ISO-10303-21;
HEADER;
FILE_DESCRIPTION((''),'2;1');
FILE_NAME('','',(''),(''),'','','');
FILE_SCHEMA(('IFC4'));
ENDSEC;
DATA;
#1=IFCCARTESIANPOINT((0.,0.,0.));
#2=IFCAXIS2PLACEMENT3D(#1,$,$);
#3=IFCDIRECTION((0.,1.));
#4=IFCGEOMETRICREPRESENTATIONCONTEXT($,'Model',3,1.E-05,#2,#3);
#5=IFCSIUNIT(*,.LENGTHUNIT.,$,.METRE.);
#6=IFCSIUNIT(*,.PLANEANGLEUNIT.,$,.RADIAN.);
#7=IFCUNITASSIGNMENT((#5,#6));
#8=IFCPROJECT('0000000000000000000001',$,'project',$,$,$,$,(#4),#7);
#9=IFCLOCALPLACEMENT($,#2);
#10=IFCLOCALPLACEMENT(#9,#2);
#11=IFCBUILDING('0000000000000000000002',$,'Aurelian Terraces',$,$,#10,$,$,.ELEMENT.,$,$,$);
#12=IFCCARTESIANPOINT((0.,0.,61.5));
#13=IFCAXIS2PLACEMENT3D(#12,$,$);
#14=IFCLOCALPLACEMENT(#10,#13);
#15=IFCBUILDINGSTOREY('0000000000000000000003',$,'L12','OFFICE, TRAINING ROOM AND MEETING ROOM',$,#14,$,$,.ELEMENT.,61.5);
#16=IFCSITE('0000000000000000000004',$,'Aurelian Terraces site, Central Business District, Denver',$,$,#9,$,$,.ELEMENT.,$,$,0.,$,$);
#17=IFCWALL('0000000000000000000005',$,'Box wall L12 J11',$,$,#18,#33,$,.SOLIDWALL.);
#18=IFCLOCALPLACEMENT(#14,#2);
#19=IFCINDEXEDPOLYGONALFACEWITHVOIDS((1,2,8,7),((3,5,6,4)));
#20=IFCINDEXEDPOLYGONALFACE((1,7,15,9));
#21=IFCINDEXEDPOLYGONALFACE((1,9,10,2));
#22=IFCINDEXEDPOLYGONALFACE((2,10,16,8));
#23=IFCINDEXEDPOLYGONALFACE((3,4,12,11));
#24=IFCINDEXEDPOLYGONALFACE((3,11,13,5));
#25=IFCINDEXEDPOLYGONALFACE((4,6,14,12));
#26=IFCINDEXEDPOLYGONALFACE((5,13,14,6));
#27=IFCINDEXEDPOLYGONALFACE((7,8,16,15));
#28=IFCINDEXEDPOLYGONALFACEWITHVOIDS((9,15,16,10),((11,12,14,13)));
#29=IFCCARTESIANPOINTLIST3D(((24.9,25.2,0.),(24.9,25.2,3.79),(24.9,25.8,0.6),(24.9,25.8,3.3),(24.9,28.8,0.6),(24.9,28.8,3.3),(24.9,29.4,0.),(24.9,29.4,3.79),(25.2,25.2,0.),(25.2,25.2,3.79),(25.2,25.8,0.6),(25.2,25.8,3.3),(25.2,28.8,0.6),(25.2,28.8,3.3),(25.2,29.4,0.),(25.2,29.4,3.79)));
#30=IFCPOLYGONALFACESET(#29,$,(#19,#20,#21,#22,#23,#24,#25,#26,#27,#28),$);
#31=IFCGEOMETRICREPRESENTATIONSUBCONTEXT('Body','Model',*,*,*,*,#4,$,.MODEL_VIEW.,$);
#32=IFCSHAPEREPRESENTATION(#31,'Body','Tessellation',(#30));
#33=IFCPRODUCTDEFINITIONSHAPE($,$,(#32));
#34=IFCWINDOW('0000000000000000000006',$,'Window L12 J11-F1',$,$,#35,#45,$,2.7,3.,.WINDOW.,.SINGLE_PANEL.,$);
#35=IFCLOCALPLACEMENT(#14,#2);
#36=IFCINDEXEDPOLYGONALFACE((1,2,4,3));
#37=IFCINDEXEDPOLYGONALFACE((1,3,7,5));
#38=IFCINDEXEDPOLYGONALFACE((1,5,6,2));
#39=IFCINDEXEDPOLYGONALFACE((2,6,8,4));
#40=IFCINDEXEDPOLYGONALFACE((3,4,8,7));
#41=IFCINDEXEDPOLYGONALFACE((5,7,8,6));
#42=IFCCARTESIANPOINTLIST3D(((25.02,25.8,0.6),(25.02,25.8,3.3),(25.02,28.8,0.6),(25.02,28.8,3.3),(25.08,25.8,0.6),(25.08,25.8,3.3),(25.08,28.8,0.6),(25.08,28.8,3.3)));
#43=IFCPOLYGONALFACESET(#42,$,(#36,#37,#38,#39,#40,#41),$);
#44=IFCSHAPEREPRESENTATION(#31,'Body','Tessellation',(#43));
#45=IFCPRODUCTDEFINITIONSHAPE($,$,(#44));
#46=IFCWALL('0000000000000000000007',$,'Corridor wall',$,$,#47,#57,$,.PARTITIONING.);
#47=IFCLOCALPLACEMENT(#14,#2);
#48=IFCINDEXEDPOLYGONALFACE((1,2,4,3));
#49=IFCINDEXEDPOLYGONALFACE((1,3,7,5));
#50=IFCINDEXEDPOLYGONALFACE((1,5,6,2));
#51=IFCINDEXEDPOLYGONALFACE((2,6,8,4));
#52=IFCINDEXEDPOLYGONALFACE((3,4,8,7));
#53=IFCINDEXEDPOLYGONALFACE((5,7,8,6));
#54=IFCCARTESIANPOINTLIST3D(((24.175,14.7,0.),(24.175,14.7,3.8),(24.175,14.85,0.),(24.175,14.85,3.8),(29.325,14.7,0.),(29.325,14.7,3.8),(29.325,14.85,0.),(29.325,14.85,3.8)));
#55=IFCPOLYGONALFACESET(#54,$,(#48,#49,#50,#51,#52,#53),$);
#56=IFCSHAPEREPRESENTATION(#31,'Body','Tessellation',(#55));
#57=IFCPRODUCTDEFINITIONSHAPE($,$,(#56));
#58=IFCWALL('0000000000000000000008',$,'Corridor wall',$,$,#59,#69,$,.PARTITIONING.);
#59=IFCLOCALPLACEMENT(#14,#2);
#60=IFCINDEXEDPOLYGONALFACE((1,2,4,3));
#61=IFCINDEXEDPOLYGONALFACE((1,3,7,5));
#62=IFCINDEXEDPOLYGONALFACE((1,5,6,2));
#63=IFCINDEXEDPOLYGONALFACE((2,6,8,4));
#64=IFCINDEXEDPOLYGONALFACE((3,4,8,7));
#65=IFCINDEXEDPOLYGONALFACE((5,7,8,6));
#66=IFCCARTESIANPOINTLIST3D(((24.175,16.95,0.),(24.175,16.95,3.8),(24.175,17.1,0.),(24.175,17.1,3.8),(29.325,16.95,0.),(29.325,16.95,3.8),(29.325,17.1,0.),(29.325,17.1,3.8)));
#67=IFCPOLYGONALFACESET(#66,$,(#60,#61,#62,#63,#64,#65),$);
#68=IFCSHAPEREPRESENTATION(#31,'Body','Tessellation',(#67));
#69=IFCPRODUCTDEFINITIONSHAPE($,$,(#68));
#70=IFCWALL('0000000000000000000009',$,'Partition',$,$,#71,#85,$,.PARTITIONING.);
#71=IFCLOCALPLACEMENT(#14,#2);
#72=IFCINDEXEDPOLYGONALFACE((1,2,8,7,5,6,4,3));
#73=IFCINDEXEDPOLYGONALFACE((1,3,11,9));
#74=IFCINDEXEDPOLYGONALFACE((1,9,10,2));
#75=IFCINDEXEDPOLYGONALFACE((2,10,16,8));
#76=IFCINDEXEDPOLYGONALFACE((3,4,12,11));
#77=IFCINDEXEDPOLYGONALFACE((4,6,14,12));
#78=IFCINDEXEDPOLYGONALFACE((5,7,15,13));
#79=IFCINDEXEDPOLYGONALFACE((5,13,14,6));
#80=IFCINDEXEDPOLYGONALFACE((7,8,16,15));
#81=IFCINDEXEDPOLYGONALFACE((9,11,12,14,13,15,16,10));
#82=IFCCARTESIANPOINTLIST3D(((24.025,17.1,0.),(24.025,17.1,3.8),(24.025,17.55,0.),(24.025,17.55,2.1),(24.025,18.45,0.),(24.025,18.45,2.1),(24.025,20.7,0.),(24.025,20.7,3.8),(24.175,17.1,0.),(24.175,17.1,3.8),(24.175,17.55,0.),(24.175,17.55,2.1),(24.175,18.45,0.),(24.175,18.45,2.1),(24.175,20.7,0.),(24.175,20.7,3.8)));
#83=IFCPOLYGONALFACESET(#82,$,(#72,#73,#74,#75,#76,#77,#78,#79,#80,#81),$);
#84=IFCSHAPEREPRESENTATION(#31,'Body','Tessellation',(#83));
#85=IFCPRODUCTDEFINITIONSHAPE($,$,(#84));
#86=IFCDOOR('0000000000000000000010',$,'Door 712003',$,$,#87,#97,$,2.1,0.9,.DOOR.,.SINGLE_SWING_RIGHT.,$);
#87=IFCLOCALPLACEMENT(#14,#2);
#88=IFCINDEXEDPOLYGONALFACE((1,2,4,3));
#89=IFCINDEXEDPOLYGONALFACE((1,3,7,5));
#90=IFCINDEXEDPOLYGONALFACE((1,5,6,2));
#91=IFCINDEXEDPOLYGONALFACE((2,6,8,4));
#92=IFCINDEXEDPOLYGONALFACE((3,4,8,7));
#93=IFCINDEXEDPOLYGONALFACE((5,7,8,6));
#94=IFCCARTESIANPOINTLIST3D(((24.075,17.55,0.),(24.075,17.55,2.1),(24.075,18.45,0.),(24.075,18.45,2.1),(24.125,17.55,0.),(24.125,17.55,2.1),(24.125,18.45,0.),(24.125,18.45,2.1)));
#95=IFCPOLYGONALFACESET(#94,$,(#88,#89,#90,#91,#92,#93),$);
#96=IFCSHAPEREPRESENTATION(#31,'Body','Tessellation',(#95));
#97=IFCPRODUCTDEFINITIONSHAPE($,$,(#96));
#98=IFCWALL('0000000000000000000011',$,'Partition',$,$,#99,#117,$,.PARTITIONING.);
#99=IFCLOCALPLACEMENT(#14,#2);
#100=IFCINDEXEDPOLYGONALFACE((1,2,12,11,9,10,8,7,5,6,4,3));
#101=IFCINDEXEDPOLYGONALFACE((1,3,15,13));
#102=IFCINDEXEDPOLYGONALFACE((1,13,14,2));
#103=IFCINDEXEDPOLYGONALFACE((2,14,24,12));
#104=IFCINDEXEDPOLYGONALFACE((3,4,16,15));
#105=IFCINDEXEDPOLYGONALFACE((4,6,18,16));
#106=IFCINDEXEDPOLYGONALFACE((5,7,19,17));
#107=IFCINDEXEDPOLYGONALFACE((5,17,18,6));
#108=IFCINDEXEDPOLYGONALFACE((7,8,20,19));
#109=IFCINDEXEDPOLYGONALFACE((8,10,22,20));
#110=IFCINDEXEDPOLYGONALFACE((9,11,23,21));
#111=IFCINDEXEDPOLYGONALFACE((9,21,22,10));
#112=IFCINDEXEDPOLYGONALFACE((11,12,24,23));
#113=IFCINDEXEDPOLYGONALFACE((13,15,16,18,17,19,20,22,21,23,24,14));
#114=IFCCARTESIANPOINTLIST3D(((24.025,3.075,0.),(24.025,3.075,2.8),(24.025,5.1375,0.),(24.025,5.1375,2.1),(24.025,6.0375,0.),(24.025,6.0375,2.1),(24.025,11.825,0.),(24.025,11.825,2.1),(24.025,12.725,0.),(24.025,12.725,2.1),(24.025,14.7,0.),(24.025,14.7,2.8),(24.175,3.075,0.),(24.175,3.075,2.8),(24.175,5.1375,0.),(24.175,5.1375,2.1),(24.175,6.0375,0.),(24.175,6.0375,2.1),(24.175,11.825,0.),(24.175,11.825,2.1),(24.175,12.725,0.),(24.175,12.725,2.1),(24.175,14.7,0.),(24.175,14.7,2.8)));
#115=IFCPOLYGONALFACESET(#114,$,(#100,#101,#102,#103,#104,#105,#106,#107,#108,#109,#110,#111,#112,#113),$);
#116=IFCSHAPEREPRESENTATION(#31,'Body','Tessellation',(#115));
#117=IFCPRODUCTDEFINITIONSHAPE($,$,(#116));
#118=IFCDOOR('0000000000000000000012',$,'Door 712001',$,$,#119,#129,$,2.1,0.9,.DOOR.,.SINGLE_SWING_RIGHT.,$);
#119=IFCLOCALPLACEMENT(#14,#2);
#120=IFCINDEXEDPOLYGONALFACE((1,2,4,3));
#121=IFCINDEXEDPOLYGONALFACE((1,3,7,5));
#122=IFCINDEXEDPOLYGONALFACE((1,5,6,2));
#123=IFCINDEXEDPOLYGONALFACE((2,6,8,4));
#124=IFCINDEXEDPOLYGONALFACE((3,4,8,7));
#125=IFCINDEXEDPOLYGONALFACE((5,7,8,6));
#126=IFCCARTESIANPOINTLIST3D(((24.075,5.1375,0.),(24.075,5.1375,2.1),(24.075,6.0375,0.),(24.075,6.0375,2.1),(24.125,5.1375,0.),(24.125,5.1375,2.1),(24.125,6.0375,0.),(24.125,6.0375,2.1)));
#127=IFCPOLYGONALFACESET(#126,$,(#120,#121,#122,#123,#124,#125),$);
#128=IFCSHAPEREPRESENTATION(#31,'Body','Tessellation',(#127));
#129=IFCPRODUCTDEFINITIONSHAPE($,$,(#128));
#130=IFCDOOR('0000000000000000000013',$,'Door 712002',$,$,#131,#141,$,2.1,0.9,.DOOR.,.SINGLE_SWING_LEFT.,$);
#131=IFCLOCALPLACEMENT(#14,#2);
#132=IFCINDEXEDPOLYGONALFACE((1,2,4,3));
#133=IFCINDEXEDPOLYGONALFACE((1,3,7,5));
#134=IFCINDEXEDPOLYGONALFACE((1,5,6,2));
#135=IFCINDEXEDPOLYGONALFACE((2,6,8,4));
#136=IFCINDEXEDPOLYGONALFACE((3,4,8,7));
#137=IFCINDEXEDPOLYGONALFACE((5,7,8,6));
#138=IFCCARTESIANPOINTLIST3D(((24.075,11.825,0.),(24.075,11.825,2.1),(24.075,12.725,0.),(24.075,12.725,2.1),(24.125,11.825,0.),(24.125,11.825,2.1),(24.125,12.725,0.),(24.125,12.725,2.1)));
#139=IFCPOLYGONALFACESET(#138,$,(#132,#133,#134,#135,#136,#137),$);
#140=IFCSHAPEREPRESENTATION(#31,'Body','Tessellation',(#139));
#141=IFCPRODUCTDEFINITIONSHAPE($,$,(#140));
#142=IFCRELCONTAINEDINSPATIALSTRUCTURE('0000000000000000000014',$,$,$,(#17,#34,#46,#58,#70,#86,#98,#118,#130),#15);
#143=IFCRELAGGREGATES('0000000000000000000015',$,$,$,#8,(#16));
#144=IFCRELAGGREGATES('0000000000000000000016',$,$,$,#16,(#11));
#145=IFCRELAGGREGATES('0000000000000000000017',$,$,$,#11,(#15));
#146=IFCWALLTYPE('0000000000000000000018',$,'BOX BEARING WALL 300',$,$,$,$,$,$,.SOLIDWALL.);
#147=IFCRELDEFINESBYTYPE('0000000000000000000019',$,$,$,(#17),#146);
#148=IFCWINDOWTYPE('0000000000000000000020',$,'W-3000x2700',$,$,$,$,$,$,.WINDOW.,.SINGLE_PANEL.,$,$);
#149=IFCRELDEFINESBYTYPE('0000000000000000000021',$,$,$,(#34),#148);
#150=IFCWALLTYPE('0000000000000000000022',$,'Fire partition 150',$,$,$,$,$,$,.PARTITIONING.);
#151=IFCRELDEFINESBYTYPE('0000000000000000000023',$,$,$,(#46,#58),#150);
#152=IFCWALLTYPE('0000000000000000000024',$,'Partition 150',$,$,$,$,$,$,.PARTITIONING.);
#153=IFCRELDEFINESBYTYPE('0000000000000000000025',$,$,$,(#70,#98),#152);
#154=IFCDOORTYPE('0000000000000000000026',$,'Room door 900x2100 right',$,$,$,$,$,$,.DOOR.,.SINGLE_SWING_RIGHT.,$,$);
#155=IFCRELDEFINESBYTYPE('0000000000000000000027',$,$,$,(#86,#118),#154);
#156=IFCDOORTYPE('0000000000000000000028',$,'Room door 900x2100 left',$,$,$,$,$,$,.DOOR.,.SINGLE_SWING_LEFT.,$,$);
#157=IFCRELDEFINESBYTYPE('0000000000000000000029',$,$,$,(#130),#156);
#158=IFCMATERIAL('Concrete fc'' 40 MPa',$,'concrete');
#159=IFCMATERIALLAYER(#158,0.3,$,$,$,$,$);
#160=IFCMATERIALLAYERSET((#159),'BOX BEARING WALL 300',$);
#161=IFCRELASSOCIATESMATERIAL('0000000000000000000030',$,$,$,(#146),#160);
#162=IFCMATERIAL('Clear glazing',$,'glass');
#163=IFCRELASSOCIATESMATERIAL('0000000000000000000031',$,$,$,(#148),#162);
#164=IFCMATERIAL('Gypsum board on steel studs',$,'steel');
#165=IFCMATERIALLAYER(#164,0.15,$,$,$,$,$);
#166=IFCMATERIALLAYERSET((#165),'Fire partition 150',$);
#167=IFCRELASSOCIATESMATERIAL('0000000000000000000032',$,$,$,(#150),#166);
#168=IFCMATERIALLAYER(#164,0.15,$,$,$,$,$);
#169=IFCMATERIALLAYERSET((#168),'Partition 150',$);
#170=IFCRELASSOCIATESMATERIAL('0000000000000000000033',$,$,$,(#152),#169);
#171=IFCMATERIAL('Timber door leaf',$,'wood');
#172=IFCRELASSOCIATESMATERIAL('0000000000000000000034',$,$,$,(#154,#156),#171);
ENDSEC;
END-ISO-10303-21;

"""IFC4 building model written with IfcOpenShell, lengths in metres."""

from ifc_helpers import new_model, si_unit, direction, frame, frame_2d, origin, place, context, subcontext, project, spatial, rectangle, extrude, source, transform, mapped, material, layer, layer_set, type_object, element, fill, save


model = new_model("IFC4")

# Units and contexts
model_context = context("Model", 3, precision=1e-05, world=origin(), true_north=direction((0.0, 1.0)))
body_context = subcontext(model_context, "Body", "Model", "MODEL_VIEW")
ifc_project = project(units=[si_unit("LENGTHUNIT", "METRE"), si_unit("PLANEANGLEUNIT", "RADIAN")], contexts=[model_context])

# Site, building, storey
site_placement = place(None, origin())
site = spatial("IfcSite", under=ifc_project, at=site_placement, Name="Aurelian Terraces site, Central Business District, Denver", CompositionType="ELEMENT", RefElevation=0.0)
building_placement = place(site_placement, origin())
building = spatial("IfcBuilding", under=site, at=building_placement, Name="Aurelian Terraces", CompositionType="ELEMENT")
storey_placement = place(building_placement, frame((0.0, 0.0, 61.5)))
storey = spatial("IfcBuildingStorey", under=building, at=storey_placement, Name="L12", Description="OFFICE, TRAINING ROOM AND MEETING ROOM", CompositionType="ELEMENT", Elevation=61.5)

# Shared definitions
ifc_material_1 = material(Name="Concrete fc' 40 MPa", Category="concrete")
ifc_material_2 = material(Name="Clear glazing", Category="glass")

# Shared definitions
ifc_material_3 = material(Name="Timber door leaf", Category="wood")

# Wall, opening, window
ifc_layer_1 = layer(ifc_material_1, 0.3)
ifc_layer_set_1 = layer_set([ifc_layer_1], Name="BOX BEARING WALL 300")
wall_type_1 = type_object("IfcWallType", Name="BOX BEARING WALL 300", PredefinedType="SOLIDWALL", material=ifc_layer_set_1)
shared_shape_1 = source(origin(), body_context, "Body", "SweptSolid", [
    extrude(rectangle(XDim=4.2, YDim=0.3, at=frame_2d((2.1, 0.0))), origin(), (0.0, 0.0, 1.0), 3.79),
])
wall_1_placement = place(storey_placement, frame((25.05, 25.2, 0.0), z_axis=(0.0, 0.0, 1.0), x_axis=(0.0, 1.0, 0.0)))
wall_1 = element("IfcWall", 1, at=wall_1_placement, inside=storey, type_object=wall_type_1, Name="Box wall L12 J11", PredefinedType="SOLIDWALL", context=body_context, shape_type="MappedRepresentation", body=[
    mapped(shared_shape_1, transform((0.0, 0.0, 0.0), scale=1.0)),
])
shared_shape_2 = source(origin(), body_context, "Body", "SweptSolid", [
    extrude(rectangle(XDim=3.0, YDim=2.7, at=frame_2d((1.5, 1.35))), frame((0.0, 0.16, 0.0), z_axis=(0.0, -1.0, 0.0), x_axis=(1.0, 0.0, 0.0)), (0.0, 0.0, 1.0), 0.32),
])
opening_1_placement = place(wall_1_placement, frame((0.6, 0.0, 0.6)))
opening_1 = element("IfcOpeningElement", 2, at=opening_1_placement, cuts=wall_1, PredefinedType="OPENING", context=body_context, shape_type="MappedRepresentation", body=[
    mapped(shared_shape_2, transform((0.0, 0.0, 0.0), scale=1.0)),
])
window_type_1 = type_object("IfcWindowType", Name="W-3000x2700", PartitioningType="SINGLE_PANEL", PredefinedType="WINDOW", material=ifc_material_2)
shared_shape_3 = source(origin(), body_context, "Body", "SweptSolid", [
    extrude(rectangle(XDim=3.0, YDim=2.7, at=frame_2d((1.5, 1.35))), frame((0.0, 0.03, 0.0), z_axis=(0.0, -1.0, 0.0), x_axis=(1.0, 0.0, 0.0)), (0.0, 0.0, 1.0), 0.06),
])
window_1_placement = place(opening_1_placement, origin())
window_1 = element("IfcWindow", 3, at=window_1_placement, inside=storey, type_object=window_type_1, Name="Window L12 J11-F1", OverallHeight=2.7, OverallWidth=3.0, PartitioningType="SINGLE_PANEL", PredefinedType="WINDOW", context=body_context, shape_type="MappedRepresentation", body=[
    mapped(shared_shape_3, transform((0.0, 0.0, 0.0), scale=1.0)),
])
fill(opening_1, window_1)

# Walls
ifc_material_4 = material(Name="Gypsum board on steel studs", Category="steel")
ifc_layer_2 = layer(ifc_material_4, 0.15)
ifc_layer_set_2 = layer_set([ifc_layer_2], Name="Fire partition 150")
wall_type_2 = type_object("IfcWallType", Name="Fire partition 150", PredefinedType="PARTITIONING", material=ifc_layer_set_2)
shared_shape_4 = source(origin(), body_context, "Body", "SweptSolid", [
    extrude(rectangle(XDim=5.15, YDim=0.15, at=frame_2d((2.575, 0.0))), origin(), (0.0, 0.0, 1.0), 3.8),
])
for number, where, z_axis, x_axis, name in (
    (4, (29.325, 14.775, 0.0), (0.0, 0.0, 1.0), (-1.0, 0.0, 0.0), "Corridor wall"),
    (5, (24.175, 17.025, 0.0), (0.0, 0.0, 1.0), (1.0, 0.0, 0.0), "Corridor wall"),
):
    element("IfcWall", number, at=place(storey_placement, frame(where, z_axis=z_axis, x_axis=x_axis)), inside=storey, type_object=wall_type_2, Name=name, PredefinedType="PARTITIONING", context=body_context, shape_type="MappedRepresentation", body=[
        mapped(shared_shape_4, transform((0.0, 0.0, 0.0), scale=1.0)),
    ])

# Wall, opening, door
ifc_layer_3 = layer(ifc_material_4, 0.15)
ifc_layer_set_3 = layer_set([ifc_layer_3], Name="Partition 150")
wall_type_3 = type_object("IfcWallType", Name="Partition 150", PredefinedType="PARTITIONING", material=ifc_layer_set_3)
shared_shape_5 = source(origin(), body_context, "Body", "SweptSolid", [
    extrude(rectangle(XDim=3.6, YDim=0.15, at=frame_2d((1.8, 0.0))), origin(), (0.0, 0.0, 1.0), 3.8),
])
wall_2_placement = place(storey_placement, frame((24.1, 20.7, 0.0), z_axis=(0.0, 0.0, 1.0), x_axis=(0.0, -1.0, 0.0)))
wall_2 = element("IfcWall", 6, at=wall_2_placement, inside=storey, type_object=wall_type_3, Name="Partition", PredefinedType="PARTITIONING", context=body_context, shape_type="MappedRepresentation", body=[
    mapped(shared_shape_5, transform((0.0, 0.0, 0.0), scale=1.0)),
])
shared_shape_6 = source(origin(), body_context, "Body", "SweptSolid", [
    extrude(rectangle(XDim=0.9, YDim=2.1, at=frame_2d((0.45, 1.05))), frame((0.0, 0.085, 0.0), z_axis=(0.0, -1.0, 0.0), x_axis=(1.0, 0.0, 0.0)), (0.0, 0.0, 1.0), 0.17),
])
opening_2_placement = place(wall_2_placement, frame((2.25, 0.0, 0.0)))
opening_2 = element("IfcOpeningElement", 7, at=opening_2_placement, cuts=wall_2, PredefinedType="OPENING", context=body_context, shape_type="MappedRepresentation", body=[
    mapped(shared_shape_6, transform((0.0, 0.0, 0.0), scale=1.0)),
])
door_type_1 = type_object("IfcDoorType", Name="Room door 900x2100 right", OperationType="SINGLE_SWING_RIGHT", PredefinedType="DOOR", material=ifc_material_3)
shared_shape_7 = source(origin(), body_context, "Body", "SweptSolid", [
    extrude(rectangle(XDim=0.9, YDim=2.1, at=frame_2d((0.45, 1.05))), frame((0.0, 0.025, 0.0), z_axis=(0.0, -1.0, 0.0), x_axis=(1.0, 0.0, 0.0)), (0.0, 0.0, 1.0), 0.05),
])
door_1_placement = place(opening_2_placement, origin())
door_1 = element("IfcDoor", 8, at=door_1_placement, inside=storey, type_object=door_type_1, Name="Door 712003", OperationType="SINGLE_SWING_RIGHT", OverallHeight=2.1, OverallWidth=0.9, PredefinedType="DOOR", context=body_context, shape_type="MappedRepresentation", body=[
    mapped(shared_shape_7, transform((0.0, 0.0, 0.0), scale=1.0)),
])
fill(opening_2, door_1)

# Wall, openings, doors
shared_shape_8 = source(origin(), body_context, "Body", "SweptSolid", [
    extrude(rectangle(XDim=11.625, YDim=0.15, at=frame_2d((5.8125, 0.0))), origin(), (0.0, 0.0, 1.0), 2.8),
])
wall_3_placement = place(storey_placement, frame((24.1, 14.7, 0.0), z_axis=(0.0, 0.0, 1.0), x_axis=(0.0, -1.0, 0.0)))
wall_3 = element("IfcWall", 9, at=wall_3_placement, inside=storey, type_object=wall_type_3, Name="Partition", PredefinedType="PARTITIONING", context=body_context, shape_type="MappedRepresentation", body=[
    mapped(shared_shape_8, transform((0.0, 0.0, 0.0), scale=1.0)),
])
opening_3_placement = place(wall_3_placement, frame((8.6625, 0.0, 0.0)))
opening_3 = element("IfcOpeningElement", 10, at=opening_3_placement, cuts=wall_3, PredefinedType="OPENING", context=body_context, shape_type="MappedRepresentation", body=[
    mapped(shared_shape_6, transform((0.0, 0.0, 0.0), scale=1.0)),
])
opening_4_placement = place(wall_3_placement, frame((1.975, 0.0, 0.0)))
opening_4 = element("IfcOpeningElement", 11, at=opening_4_placement, cuts=wall_3, PredefinedType="OPENING", context=body_context, shape_type="MappedRepresentation", body=[
    mapped(shared_shape_6, transform((0.0, 0.0, 0.0), scale=1.0)),
])
door_2_placement = place(opening_3_placement, origin())
door_2 = element("IfcDoor", 12, at=door_2_placement, inside=storey, type_object=door_type_1, Name="Door 712001", OperationType="SINGLE_SWING_RIGHT", OverallHeight=2.1, OverallWidth=0.9, PredefinedType="DOOR", context=body_context, shape_type="MappedRepresentation", body=[
    mapped(shared_shape_7, transform((0.0, 0.0, 0.0), scale=1.0)),
])
fill(opening_3, door_2)
door_type_2 = type_object("IfcDoorType", Name="Room door 900x2100 left", OperationType="SINGLE_SWING_LEFT", PredefinedType="DOOR", material=ifc_material_3)
door_3_placement = place(opening_4_placement, origin())
door_3 = element("IfcDoor", 13, at=door_3_placement, inside=storey, type_object=door_type_2, Name="Door 712002", OperationType="SINGLE_SWING_LEFT", OverallHeight=2.1, OverallWidth=0.9, PredefinedType="DOOR", context=body_context, shape_type="MappedRepresentation", body=[
    mapped(shared_shape_7, transform((0.0, 0.0, 0.0), scale=1.0)),
])
fill(opening_4, door_3)

save(model, "model.ifc")
